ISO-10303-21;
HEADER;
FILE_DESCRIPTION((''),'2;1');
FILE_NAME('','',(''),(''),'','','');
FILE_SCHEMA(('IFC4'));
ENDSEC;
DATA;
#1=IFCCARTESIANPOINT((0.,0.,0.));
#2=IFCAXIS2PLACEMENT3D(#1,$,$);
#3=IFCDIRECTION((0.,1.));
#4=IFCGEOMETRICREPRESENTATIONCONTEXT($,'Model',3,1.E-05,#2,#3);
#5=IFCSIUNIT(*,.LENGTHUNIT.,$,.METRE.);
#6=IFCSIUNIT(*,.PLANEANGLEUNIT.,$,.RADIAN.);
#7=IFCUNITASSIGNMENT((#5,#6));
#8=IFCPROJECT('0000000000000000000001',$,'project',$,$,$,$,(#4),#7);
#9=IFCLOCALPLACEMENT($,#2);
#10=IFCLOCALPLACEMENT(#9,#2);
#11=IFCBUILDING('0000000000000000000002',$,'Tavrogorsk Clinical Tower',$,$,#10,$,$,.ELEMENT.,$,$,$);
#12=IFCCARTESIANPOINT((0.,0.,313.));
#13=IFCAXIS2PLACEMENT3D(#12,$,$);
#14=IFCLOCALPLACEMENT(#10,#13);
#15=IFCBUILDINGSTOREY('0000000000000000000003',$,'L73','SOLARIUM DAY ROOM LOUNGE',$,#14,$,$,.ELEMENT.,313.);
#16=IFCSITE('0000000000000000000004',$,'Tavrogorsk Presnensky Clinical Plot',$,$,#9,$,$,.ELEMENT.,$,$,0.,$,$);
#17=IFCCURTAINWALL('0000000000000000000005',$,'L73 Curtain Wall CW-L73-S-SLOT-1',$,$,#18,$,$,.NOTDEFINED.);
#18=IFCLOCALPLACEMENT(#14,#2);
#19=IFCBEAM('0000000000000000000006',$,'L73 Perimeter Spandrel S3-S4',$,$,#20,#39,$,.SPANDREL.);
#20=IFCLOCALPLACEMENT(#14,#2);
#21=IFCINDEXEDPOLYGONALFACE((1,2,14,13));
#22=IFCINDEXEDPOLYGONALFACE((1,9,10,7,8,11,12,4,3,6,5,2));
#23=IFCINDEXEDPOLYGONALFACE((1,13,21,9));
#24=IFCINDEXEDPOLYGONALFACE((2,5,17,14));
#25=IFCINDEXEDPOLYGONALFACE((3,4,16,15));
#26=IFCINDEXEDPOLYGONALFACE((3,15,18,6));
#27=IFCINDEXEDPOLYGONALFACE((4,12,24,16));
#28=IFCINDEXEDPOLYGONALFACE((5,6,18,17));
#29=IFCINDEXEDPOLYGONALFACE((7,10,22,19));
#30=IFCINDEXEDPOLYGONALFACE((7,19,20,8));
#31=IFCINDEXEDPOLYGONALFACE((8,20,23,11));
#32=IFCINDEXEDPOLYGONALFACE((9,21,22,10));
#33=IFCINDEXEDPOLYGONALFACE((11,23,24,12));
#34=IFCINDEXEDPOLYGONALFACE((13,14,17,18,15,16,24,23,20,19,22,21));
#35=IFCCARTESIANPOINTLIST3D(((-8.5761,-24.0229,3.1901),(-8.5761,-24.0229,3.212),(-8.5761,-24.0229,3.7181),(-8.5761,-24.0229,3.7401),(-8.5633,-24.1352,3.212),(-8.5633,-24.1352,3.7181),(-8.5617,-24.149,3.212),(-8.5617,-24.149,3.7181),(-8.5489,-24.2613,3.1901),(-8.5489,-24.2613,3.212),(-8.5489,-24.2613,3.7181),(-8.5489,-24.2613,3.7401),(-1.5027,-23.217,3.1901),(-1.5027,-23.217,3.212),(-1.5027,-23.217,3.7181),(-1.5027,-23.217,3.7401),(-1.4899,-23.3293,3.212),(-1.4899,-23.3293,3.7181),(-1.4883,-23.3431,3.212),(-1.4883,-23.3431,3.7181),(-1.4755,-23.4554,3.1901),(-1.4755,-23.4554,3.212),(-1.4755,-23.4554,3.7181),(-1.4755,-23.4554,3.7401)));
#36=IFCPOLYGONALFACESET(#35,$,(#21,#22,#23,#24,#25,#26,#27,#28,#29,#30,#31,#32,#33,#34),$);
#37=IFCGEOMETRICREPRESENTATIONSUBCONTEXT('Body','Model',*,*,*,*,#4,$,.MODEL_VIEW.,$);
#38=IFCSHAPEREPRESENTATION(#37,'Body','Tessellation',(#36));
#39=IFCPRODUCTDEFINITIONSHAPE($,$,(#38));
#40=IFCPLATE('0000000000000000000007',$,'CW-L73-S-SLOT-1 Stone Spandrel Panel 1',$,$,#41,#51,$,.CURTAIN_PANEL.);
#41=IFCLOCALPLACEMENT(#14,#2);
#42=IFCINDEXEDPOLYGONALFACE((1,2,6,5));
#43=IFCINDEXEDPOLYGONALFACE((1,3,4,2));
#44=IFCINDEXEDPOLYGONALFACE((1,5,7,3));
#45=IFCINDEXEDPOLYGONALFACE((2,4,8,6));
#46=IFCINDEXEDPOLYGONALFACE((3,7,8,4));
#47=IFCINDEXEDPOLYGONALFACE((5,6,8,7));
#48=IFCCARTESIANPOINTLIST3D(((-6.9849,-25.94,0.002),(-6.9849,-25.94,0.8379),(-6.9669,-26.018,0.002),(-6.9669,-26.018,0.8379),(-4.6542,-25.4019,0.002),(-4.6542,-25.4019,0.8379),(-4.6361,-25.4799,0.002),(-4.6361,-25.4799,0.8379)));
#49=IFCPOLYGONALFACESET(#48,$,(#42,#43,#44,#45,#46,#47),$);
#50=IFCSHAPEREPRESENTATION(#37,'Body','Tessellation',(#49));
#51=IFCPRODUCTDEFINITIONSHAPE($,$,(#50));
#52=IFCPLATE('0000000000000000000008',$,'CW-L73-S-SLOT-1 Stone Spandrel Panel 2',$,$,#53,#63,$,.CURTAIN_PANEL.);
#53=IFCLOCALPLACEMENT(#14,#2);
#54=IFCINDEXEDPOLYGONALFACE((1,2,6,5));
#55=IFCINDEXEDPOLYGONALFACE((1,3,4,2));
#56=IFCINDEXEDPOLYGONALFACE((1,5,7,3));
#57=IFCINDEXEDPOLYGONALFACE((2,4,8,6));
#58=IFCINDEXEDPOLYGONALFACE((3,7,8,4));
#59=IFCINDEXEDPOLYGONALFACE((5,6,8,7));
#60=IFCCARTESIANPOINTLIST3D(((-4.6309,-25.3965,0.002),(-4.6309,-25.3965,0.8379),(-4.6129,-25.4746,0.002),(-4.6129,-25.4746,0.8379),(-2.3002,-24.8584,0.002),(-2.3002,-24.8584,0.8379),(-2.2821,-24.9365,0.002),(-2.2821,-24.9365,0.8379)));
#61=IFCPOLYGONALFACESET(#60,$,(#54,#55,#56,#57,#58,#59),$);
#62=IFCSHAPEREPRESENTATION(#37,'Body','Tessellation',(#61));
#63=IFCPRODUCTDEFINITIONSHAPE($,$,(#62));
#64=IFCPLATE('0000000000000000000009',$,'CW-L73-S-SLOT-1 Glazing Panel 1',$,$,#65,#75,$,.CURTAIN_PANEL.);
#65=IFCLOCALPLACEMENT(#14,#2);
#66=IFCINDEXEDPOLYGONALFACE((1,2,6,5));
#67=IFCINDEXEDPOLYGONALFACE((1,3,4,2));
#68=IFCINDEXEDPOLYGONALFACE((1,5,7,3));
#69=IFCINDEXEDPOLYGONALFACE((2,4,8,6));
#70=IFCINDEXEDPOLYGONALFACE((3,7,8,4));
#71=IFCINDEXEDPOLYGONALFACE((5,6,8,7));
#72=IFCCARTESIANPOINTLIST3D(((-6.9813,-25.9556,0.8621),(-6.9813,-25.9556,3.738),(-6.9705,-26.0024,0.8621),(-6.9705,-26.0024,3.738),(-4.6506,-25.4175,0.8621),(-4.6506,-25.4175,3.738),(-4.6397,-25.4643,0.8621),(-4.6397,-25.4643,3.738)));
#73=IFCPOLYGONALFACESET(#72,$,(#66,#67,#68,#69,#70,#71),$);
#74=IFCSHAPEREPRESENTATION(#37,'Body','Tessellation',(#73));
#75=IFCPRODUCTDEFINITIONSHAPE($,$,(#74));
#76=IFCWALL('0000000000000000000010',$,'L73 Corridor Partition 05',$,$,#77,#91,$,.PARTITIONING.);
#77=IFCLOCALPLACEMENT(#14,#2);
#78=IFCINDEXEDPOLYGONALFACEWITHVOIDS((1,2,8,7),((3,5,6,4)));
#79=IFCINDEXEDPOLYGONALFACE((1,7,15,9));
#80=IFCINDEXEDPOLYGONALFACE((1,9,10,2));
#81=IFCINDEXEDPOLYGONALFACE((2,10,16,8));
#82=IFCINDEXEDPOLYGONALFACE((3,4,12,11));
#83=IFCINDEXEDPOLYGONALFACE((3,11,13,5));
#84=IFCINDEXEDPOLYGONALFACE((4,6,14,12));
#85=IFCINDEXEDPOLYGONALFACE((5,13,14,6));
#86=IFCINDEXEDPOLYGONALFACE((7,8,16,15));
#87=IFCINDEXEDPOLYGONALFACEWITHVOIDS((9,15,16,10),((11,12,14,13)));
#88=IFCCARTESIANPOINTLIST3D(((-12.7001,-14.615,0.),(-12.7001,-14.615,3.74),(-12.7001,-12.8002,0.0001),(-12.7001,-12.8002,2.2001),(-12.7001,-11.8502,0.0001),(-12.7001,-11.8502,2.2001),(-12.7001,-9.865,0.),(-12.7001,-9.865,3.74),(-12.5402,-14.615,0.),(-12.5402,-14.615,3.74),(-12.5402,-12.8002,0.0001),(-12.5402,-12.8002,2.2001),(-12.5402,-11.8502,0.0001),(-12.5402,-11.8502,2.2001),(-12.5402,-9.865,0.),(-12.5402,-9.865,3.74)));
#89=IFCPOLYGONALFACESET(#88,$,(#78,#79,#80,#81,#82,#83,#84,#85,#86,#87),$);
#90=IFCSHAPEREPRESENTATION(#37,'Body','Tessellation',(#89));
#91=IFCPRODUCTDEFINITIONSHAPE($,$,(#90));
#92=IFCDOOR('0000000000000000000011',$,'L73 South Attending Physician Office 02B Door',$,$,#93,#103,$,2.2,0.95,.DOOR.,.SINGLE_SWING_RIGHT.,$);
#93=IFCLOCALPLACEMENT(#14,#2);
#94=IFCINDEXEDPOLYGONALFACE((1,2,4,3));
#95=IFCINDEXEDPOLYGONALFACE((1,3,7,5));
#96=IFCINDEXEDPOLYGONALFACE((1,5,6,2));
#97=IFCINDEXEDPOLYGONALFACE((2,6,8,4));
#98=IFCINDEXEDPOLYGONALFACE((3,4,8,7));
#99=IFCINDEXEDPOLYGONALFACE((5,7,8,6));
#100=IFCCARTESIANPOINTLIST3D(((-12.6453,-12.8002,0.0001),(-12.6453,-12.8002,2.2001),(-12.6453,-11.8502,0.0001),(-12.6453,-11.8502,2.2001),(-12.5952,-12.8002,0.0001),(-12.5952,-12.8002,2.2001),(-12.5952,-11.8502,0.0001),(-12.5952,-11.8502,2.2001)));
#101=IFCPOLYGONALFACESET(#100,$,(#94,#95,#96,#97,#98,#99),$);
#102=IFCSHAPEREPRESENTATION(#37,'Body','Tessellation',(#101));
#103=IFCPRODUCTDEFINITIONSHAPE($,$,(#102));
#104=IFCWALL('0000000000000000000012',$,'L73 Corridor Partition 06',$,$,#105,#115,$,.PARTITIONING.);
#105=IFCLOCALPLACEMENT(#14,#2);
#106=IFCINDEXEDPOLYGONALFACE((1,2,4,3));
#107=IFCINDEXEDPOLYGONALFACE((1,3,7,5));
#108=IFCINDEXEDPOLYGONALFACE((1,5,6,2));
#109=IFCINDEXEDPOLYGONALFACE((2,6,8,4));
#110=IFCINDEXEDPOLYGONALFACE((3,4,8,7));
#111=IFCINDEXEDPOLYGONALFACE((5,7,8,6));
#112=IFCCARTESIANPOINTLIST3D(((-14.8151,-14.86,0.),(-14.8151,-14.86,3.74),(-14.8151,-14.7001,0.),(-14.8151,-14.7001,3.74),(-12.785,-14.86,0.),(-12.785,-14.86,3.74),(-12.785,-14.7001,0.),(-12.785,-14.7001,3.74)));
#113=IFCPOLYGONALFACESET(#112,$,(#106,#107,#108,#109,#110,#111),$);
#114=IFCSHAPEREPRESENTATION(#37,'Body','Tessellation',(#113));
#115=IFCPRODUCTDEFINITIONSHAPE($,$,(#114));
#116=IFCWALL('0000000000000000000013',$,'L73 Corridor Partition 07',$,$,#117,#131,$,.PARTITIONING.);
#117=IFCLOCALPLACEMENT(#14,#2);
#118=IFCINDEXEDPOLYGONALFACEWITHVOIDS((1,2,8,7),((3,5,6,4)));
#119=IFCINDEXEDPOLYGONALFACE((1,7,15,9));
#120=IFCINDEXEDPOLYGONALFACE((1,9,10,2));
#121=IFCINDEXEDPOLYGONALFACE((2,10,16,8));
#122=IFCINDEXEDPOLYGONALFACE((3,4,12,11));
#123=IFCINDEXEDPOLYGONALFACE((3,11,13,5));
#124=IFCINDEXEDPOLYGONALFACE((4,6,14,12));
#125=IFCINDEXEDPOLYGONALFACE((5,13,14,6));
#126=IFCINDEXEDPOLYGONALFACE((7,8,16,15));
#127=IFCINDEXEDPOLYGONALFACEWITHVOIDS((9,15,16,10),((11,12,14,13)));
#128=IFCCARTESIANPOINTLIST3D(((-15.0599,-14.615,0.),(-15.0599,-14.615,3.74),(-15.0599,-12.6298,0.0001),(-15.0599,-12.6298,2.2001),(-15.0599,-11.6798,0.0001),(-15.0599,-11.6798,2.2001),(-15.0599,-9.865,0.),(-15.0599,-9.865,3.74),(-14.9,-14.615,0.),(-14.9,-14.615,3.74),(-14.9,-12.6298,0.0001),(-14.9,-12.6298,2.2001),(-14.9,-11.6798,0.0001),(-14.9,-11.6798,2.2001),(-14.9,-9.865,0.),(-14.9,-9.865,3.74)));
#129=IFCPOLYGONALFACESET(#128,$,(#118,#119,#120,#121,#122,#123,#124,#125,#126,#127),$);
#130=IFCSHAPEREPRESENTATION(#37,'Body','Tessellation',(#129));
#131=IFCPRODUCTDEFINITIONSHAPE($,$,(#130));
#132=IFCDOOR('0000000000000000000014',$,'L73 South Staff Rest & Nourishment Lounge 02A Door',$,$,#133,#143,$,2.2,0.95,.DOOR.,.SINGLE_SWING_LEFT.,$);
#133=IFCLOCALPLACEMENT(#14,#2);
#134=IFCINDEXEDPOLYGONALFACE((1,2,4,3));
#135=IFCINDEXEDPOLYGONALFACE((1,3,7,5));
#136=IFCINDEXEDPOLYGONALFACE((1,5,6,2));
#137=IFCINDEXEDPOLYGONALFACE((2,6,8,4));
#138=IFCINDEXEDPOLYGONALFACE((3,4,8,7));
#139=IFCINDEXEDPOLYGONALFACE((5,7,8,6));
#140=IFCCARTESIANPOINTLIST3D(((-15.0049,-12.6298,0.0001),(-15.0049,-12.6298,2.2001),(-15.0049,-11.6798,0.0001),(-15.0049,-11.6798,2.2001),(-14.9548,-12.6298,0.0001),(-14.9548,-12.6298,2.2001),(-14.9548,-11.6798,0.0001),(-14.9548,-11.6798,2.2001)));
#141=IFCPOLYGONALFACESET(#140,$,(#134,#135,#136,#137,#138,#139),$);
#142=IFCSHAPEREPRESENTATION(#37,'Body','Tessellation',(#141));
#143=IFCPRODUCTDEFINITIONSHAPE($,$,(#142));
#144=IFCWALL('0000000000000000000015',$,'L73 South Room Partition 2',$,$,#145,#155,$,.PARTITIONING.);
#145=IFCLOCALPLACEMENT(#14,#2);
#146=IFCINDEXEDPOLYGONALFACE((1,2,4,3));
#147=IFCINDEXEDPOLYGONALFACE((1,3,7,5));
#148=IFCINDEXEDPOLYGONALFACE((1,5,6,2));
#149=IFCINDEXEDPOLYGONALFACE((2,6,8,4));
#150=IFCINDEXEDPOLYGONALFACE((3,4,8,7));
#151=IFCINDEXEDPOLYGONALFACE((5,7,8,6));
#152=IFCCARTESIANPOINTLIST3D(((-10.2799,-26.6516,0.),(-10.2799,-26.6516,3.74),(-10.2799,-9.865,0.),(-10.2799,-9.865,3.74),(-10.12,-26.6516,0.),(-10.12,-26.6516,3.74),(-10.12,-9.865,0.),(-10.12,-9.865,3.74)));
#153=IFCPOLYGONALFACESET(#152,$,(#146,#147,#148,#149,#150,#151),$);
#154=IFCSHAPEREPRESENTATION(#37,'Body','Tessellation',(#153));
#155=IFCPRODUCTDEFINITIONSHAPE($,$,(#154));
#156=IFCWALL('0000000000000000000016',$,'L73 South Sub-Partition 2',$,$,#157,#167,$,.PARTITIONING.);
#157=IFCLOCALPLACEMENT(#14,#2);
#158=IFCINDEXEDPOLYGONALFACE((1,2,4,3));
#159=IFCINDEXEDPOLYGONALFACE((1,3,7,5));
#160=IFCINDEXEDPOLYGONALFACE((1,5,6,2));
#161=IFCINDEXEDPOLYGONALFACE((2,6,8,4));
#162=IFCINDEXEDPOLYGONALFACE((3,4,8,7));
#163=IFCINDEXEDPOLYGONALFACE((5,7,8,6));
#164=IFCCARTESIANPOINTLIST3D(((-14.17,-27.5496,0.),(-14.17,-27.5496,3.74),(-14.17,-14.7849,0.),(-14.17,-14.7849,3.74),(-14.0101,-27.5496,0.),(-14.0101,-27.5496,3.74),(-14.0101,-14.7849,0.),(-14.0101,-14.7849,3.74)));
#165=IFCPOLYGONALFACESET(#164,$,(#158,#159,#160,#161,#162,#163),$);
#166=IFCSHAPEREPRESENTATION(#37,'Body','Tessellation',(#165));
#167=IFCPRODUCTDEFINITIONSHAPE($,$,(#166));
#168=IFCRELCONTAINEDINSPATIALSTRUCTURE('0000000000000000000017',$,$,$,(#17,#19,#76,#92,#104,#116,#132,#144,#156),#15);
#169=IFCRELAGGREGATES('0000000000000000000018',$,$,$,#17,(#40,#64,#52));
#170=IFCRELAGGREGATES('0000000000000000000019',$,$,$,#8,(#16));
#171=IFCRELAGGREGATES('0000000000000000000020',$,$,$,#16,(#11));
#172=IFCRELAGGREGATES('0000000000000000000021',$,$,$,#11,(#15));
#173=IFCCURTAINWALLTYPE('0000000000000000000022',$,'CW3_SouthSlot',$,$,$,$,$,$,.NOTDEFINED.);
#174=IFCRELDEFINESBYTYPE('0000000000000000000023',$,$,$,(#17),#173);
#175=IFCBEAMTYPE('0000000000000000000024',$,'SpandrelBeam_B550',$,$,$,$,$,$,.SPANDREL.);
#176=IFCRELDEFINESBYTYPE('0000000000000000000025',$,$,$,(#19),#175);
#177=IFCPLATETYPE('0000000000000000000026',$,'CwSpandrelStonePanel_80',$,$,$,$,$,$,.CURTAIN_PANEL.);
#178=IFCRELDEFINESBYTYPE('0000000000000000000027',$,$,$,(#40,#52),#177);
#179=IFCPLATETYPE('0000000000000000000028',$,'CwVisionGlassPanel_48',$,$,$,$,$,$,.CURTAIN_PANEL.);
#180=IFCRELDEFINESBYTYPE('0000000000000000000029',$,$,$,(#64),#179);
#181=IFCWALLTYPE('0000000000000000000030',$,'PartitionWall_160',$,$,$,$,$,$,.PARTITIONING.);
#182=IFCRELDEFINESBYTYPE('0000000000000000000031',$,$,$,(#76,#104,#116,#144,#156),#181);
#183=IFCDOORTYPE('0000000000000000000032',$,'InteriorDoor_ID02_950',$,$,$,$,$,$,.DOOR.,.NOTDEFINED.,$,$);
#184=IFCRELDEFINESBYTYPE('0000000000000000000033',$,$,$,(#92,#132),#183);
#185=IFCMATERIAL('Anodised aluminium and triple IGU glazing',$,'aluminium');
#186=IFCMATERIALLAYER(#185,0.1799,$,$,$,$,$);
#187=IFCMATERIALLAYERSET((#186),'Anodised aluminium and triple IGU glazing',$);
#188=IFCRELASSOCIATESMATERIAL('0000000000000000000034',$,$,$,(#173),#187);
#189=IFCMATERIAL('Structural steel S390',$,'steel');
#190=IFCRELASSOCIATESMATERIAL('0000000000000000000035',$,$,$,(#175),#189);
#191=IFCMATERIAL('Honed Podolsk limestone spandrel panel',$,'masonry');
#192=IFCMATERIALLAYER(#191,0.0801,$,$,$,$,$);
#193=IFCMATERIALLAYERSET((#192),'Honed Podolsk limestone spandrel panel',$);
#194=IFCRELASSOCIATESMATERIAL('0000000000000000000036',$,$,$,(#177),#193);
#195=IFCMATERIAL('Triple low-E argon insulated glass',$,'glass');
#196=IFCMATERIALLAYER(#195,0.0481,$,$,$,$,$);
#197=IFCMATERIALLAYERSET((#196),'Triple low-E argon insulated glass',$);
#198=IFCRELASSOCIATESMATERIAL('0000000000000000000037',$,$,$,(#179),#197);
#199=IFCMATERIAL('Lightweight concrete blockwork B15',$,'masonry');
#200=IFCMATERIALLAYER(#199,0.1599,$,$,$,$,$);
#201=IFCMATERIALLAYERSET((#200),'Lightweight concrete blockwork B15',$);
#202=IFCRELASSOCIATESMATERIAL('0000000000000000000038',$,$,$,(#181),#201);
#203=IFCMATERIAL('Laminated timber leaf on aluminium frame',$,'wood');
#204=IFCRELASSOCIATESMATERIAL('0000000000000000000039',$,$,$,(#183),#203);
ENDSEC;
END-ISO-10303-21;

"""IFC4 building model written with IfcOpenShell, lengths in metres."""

from ifc_helpers import new_model, si_unit, direction, frame, frame_2d, origin, origin_2d, place, context, subcontext, project, spatial, rectangle, i_section, extrude, material, layer, layer_set, material_profile, profile_set, type_object, element, fill, aggregate, save


model = new_model("IFC4")

# Units and contexts
model_context = context("Model", 3, precision=1e-05, world=origin(), true_north=direction((0.0, 1.0)))
body_context = subcontext(model_context, "Body", "Model", "MODEL_VIEW")
ifc_project = project(units=[si_unit("LENGTHUNIT", "METRE"), si_unit("PLANEANGLEUNIT", "RADIAN")], contexts=[model_context])

# Site, building, storey
site_placement = place(None, origin())
site = spatial("IfcSite", under=ifc_project, at=site_placement, Name="Tavrogorsk Presnensky Clinical Plot", CompositionType="ELEMENT", RefElevation=0.0)
building_placement = place(site_placement, origin())
building = spatial("IfcBuilding", under=site, at=building_placement, Name="Tavrogorsk Clinical Tower", CompositionType="ELEMENT")
storey_placement = place(building_placement, frame((0.0, 0.0, 313.0)))
storey = spatial("IfcBuildingStorey", under=building, at=storey_placement, Name="L73", Description="SOLARIUM DAY ROOM LOUNGE", CompositionType="ELEMENT", Elevation=313.0)

# Curtain wall
ifc_material_1 = material(Name="Anodised aluminium and triple IGU glazing", Category="aluminium")
ifc_layer_1 = layer(ifc_material_1, 0.1799)
ifc_layer_set_1 = layer_set([ifc_layer_1], Name="Anodised aluminium and triple IGU glazing")
curtain_wall_type = type_object("IfcCurtainWallType", Name="CW3_SouthSlot", PredefinedType="NOTDEFINED", material=ifc_layer_set_1)
curtain_wall_placement = place(storey_placement, origin())
curtain_wall = element("IfcCurtainWall", 1, at=curtain_wall_placement, inside=storey, type_object=curtain_wall_type, Name="L73 Curtain Wall CW-L73-S-SLOT-1", PredefinedType="NOTDEFINED")

# Beam
ifc_material_2 = material(Name="Structural steel S390", Category="steel")
ifc_material_profile_1 = material_profile(ifc_material_2, i_section(OverallWidth=0.24, OverallDepth=0.55, WebThickness=0.0139, FlangeThickness=0.022, at=origin_2d()), Name="B-550x240x14x22")
ifc_profile_set_1 = profile_set([ifc_material_profile_1], Name="Structural steel S390")
beam_type = type_object("IfcBeamType", Name="SpandrelBeam_B550", PredefinedType="SPANDREL", material=ifc_profile_set_1)
for number, where, z_axis, x_axis, name in (
    (2, (-8.5625, -24.1421, 3.4651), (0.993572, 0.113201, 0.0), (-0.113201, 0.993572, 0.0), "L73 Perimeter Spandrel S3-S4"),
):
    element("IfcBeam", number, at=place(storey_placement, frame(where, z_axis=z_axis, x_axis=x_axis)), inside=storey, type_object=beam_type, Name=name, PredefinedType="SPANDREL", context=body_context, shape_type="SweptSolid", body=[
        extrude(i_section(OverallWidth=0.24, OverallDepth=0.55, WebThickness=0.0139, FlangeThickness=0.022, at=origin_2d()), origin(), (0.0, 0.0, 1.0), 7.1191),
    ])

# Plates
ifc_material_3 = material(Name="Honed Podolsk limestone spandrel panel", Category="masonry")
ifc_layer_2 = layer(ifc_material_3, 0.0801)
ifc_layer_set_2 = layer_set([ifc_layer_2], Name="Honed Podolsk limestone spandrel panel")
plate_type_1 = type_object("IfcPlateType", Name="CwSpandrelStonePanel_80", PredefinedType="CURTAIN_PANEL", material=ifc_layer_set_2)
plate_1_placement = place(storey_placement, frame((-5.8105, -25.71, 0.002), z_axis=(0.0, 0.0, 1.0), x_axis=(0.97437, 0.224951, 0.0)))
plate_1 = element("IfcPlate", 3, at=plate_1_placement, type_object=plate_type_1, Name="CW-L73-S-SLOT-1 Stone Spandrel Panel 1", PredefinedType="CURTAIN_PANEL", context=body_context, shape_type="SweptSolid", body=[
    extrude(rectangle(XDim=2.3921, YDim=0.0801, at=origin_2d()), origin(), (0.0, 0.0, 1.0), 0.8359),
])
plate_2_placement = place(storey_placement, frame((-3.4565, -25.1665, 0.002), z_axis=(0.0, 0.0, 1.0), x_axis=(0.97437, 0.224951, 0.0)))
plate_2 = element("IfcPlate", 4, at=plate_2_placement, type_object=plate_type_1, Name="CW-L73-S-SLOT-1 Stone Spandrel Panel 2", PredefinedType="CURTAIN_PANEL", context=body_context, shape_type="SweptSolid", body=[
    extrude(rectangle(XDim=2.3921, YDim=0.0801, at=origin_2d()), origin(), (0.0, 0.0, 1.0), 0.8359),
])
ifc_material_4 = material(Name="Triple low-E argon insulated glass", Category="glass")
ifc_layer_3 = layer(ifc_material_4, 0.0481)
ifc_layer_set_3 = layer_set([ifc_layer_3], Name="Triple low-E argon insulated glass")
plate_type_2 = type_object("IfcPlateType", Name="CwVisionGlassPanel_48", PredefinedType="CURTAIN_PANEL", material=ifc_layer_set_3)
plate_3_placement = place(storey_placement, frame((-5.8105, -25.71, 0.8621), z_axis=(0.0, 0.0, 1.0), x_axis=(0.97437, 0.224951, 0.0)))
plate_3 = element("IfcPlate", 5, at=plate_3_placement, type_object=plate_type_2, Name="CW-L73-S-SLOT-1 Glazing Panel 1", PredefinedType="CURTAIN_PANEL", context=body_context, shape_type="SweptSolid", body=[
    extrude(rectangle(XDim=2.3921, YDim=0.0481, at=origin_2d()), origin(), (0.0, 0.0, 1.0), 2.876),
])
aggregate(curtain_wall, [plate_1, plate_3, plate_2])

# Wall, opening, door
ifc_material_5 = material(Name="Lightweight concrete blockwork B15", Category="masonry")
ifc_layer_4 = layer(ifc_material_5, 0.1599)
ifc_layer_set_4 = layer_set([ifc_layer_4], Name="Lightweight concrete blockwork B15")
wall_type = type_object("IfcWallType", Name="PartitionWall_160", PredefinedType="PARTITIONING", material=ifc_layer_set_4)
wall_1_placement = place(storey_placement, frame((-12.6201, -9.865, 0.0), z_axis=(0.0, 0.0, 1.0), x_axis=(0.0, -1.0, 0.0)))
wall_1 = element("IfcWall", 6, at=wall_1_placement, inside=storey, type_object=wall_type, Name="L73 Corridor Partition 05", PredefinedType="PARTITIONING", context=body_context, shape_type="SweptSolid", body=[
    extrude(rectangle(XDim=4.75, YDim=0.1599, at=frame_2d((2.375, 0.0))), origin(), (0.0, 0.0, 1.0), 3.74),
])
opening_1_placement = place(wall_1_placement, frame((1.9851, 0.0, 0.0)))
opening_1 = element("IfcOpeningElement", 7, at=opening_1_placement, cuts=wall_1, PredefinedType="OPENING", context=body_context, shape_type="SweptSolid", body=[
    extrude(rectangle(XDim=0.95, YDim=2.2, at=frame_2d((0.4751, 1.1001))), frame((0.0, 0.0898, 0.0), z_axis=(0.0, -1.0, 0.0), x_axis=(1.0, 0.0, 0.0)), (0.0, 0.0, 1.0), 0.1799),
])
ifc_material_6 = material(Name="Laminated timber leaf on aluminium frame", Category="wood")
door_type = type_object("IfcDoorType", Name="InteriorDoor_ID02_950", OperationType="NOTDEFINED", PredefinedType="DOOR", material=ifc_material_6)
door_1_placement = place(opening_1_placement, origin())
door_1 = element("IfcDoor", 8, at=door_1_placement, inside=storey, type_object=door_type, Name="L73 South Attending Physician Office 02B Door", OperationType="SINGLE_SWING_RIGHT", OverallHeight=2.2, OverallWidth=0.95, PredefinedType="DOOR", context=body_context, shape_type="SweptSolid", body=[
    extrude(rectangle(XDim=0.95, YDim=2.2, at=frame_2d((0.4751, 1.1001))), frame((0.0, 0.0249, 0.0), z_axis=(0.0, -1.0, 0.0), x_axis=(1.0, 0.0, 0.0)), (0.0, 0.0, 1.0), 0.05),
])
fill(opening_1, door_1)

# Wall
wall_2_placement = place(storey_placement, frame((-12.7849, -14.78, 0.0), z_axis=(0.0, 0.0, 1.0), x_axis=(-1.0, 0.0, 0.0)))
element("IfcWall", 9, at=wall_2_placement, inside=storey, type_object=wall_type, Name="L73 Corridor Partition 06", PredefinedType="PARTITIONING", context=body_context, shape_type="SweptSolid", body=[
    extrude(rectangle(XDim=2.03, YDim=0.1599, at=frame_2d((1.0151, 0.0))), origin(), (0.0, 0.0, 1.0), 3.74),
])

# Wall, opening, door
wall_3_placement = place(storey_placement, frame((-14.98, -14.615, 0.0), z_axis=(0.0, 0.0, 1.0), x_axis=(0.0, 1.0, 0.0)))
wall_3 = element("IfcWall", 10, at=wall_3_placement, inside=storey, type_object=wall_type, Name="L73 Corridor Partition 07", PredefinedType="PARTITIONING", context=body_context, shape_type="SweptSolid", body=[
    extrude(rectangle(XDim=4.75, YDim=0.1599, at=frame_2d((2.375, 0.0))), origin(), (0.0, 0.0, 1.0), 3.74),
])
opening_2_placement = place(wall_3_placement, frame((1.9851, 0.0, 0.0)))
opening_2 = element("IfcOpeningElement", 11, at=opening_2_placement, cuts=wall_3, PredefinedType="OPENING", context=body_context, shape_type="SweptSolid", body=[
    extrude(rectangle(XDim=0.95, YDim=2.2, at=frame_2d((0.4751, 1.1001))), frame((0.0, 0.0898, 0.0), z_axis=(0.0, -1.0, 0.0), x_axis=(1.0, 0.0, 0.0)), (0.0, 0.0, 1.0), 0.1799),
])
door_2_placement = place(opening_2_placement, origin())
door_2 = element("IfcDoor", 12, at=door_2_placement, inside=storey, type_object=door_type, Name="L73 South Staff Rest & Nourishment Lounge 02A Door", OperationType="SINGLE_SWING_LEFT", OverallHeight=2.2, OverallWidth=0.95, PredefinedType="DOOR", context=body_context, shape_type="SweptSolid", body=[
    extrude(rectangle(XDim=0.95, YDim=2.2, at=frame_2d((0.4751, 1.1001))), frame((0.0, 0.0249, 0.0), z_axis=(0.0, -1.0, 0.0), x_axis=(1.0, 0.0, 0.0)), (0.0, 0.0, 1.0), 0.05),
])
fill(opening_2, door_2)

# Walls
wall_4_placement = place(storey_placement, frame((-10.2, -26.6516, 0.0), z_axis=(0.0, 0.0, 1.0), x_axis=(0.0, 1.0, 0.0)))
element("IfcWall", 13, at=wall_4_placement, inside=storey, type_object=wall_type, Name="L73 South Room Partition 2", PredefinedType="PARTITIONING", context=body_context, shape_type="SweptSolid", body=[
    extrude(rectangle(XDim=16.7866, YDim=0.1599, at=frame_2d((8.3933, 0.0))), origin(), (0.0, 0.0, 1.0), 3.74),
])
wall_5_placement = place(storey_placement, frame((-14.0901, -27.5496, 0.0), z_axis=(0.0, 0.0, 1.0), x_axis=(0.0, 1.0, 0.0)))
element("IfcWall", 14, at=wall_5_placement, inside=storey, type_object=wall_type, Name="L73 South Sub-Partition 2", PredefinedType="PARTITIONING", context=body_context, shape_type="SweptSolid", body=[
    extrude(rectangle(XDim=12.7646, YDim=0.1599, at=frame_2d((6.3823, 0.0))), origin(), (0.0, 0.0, 1.0), 3.74),
])

save(model, "model.ifc")
